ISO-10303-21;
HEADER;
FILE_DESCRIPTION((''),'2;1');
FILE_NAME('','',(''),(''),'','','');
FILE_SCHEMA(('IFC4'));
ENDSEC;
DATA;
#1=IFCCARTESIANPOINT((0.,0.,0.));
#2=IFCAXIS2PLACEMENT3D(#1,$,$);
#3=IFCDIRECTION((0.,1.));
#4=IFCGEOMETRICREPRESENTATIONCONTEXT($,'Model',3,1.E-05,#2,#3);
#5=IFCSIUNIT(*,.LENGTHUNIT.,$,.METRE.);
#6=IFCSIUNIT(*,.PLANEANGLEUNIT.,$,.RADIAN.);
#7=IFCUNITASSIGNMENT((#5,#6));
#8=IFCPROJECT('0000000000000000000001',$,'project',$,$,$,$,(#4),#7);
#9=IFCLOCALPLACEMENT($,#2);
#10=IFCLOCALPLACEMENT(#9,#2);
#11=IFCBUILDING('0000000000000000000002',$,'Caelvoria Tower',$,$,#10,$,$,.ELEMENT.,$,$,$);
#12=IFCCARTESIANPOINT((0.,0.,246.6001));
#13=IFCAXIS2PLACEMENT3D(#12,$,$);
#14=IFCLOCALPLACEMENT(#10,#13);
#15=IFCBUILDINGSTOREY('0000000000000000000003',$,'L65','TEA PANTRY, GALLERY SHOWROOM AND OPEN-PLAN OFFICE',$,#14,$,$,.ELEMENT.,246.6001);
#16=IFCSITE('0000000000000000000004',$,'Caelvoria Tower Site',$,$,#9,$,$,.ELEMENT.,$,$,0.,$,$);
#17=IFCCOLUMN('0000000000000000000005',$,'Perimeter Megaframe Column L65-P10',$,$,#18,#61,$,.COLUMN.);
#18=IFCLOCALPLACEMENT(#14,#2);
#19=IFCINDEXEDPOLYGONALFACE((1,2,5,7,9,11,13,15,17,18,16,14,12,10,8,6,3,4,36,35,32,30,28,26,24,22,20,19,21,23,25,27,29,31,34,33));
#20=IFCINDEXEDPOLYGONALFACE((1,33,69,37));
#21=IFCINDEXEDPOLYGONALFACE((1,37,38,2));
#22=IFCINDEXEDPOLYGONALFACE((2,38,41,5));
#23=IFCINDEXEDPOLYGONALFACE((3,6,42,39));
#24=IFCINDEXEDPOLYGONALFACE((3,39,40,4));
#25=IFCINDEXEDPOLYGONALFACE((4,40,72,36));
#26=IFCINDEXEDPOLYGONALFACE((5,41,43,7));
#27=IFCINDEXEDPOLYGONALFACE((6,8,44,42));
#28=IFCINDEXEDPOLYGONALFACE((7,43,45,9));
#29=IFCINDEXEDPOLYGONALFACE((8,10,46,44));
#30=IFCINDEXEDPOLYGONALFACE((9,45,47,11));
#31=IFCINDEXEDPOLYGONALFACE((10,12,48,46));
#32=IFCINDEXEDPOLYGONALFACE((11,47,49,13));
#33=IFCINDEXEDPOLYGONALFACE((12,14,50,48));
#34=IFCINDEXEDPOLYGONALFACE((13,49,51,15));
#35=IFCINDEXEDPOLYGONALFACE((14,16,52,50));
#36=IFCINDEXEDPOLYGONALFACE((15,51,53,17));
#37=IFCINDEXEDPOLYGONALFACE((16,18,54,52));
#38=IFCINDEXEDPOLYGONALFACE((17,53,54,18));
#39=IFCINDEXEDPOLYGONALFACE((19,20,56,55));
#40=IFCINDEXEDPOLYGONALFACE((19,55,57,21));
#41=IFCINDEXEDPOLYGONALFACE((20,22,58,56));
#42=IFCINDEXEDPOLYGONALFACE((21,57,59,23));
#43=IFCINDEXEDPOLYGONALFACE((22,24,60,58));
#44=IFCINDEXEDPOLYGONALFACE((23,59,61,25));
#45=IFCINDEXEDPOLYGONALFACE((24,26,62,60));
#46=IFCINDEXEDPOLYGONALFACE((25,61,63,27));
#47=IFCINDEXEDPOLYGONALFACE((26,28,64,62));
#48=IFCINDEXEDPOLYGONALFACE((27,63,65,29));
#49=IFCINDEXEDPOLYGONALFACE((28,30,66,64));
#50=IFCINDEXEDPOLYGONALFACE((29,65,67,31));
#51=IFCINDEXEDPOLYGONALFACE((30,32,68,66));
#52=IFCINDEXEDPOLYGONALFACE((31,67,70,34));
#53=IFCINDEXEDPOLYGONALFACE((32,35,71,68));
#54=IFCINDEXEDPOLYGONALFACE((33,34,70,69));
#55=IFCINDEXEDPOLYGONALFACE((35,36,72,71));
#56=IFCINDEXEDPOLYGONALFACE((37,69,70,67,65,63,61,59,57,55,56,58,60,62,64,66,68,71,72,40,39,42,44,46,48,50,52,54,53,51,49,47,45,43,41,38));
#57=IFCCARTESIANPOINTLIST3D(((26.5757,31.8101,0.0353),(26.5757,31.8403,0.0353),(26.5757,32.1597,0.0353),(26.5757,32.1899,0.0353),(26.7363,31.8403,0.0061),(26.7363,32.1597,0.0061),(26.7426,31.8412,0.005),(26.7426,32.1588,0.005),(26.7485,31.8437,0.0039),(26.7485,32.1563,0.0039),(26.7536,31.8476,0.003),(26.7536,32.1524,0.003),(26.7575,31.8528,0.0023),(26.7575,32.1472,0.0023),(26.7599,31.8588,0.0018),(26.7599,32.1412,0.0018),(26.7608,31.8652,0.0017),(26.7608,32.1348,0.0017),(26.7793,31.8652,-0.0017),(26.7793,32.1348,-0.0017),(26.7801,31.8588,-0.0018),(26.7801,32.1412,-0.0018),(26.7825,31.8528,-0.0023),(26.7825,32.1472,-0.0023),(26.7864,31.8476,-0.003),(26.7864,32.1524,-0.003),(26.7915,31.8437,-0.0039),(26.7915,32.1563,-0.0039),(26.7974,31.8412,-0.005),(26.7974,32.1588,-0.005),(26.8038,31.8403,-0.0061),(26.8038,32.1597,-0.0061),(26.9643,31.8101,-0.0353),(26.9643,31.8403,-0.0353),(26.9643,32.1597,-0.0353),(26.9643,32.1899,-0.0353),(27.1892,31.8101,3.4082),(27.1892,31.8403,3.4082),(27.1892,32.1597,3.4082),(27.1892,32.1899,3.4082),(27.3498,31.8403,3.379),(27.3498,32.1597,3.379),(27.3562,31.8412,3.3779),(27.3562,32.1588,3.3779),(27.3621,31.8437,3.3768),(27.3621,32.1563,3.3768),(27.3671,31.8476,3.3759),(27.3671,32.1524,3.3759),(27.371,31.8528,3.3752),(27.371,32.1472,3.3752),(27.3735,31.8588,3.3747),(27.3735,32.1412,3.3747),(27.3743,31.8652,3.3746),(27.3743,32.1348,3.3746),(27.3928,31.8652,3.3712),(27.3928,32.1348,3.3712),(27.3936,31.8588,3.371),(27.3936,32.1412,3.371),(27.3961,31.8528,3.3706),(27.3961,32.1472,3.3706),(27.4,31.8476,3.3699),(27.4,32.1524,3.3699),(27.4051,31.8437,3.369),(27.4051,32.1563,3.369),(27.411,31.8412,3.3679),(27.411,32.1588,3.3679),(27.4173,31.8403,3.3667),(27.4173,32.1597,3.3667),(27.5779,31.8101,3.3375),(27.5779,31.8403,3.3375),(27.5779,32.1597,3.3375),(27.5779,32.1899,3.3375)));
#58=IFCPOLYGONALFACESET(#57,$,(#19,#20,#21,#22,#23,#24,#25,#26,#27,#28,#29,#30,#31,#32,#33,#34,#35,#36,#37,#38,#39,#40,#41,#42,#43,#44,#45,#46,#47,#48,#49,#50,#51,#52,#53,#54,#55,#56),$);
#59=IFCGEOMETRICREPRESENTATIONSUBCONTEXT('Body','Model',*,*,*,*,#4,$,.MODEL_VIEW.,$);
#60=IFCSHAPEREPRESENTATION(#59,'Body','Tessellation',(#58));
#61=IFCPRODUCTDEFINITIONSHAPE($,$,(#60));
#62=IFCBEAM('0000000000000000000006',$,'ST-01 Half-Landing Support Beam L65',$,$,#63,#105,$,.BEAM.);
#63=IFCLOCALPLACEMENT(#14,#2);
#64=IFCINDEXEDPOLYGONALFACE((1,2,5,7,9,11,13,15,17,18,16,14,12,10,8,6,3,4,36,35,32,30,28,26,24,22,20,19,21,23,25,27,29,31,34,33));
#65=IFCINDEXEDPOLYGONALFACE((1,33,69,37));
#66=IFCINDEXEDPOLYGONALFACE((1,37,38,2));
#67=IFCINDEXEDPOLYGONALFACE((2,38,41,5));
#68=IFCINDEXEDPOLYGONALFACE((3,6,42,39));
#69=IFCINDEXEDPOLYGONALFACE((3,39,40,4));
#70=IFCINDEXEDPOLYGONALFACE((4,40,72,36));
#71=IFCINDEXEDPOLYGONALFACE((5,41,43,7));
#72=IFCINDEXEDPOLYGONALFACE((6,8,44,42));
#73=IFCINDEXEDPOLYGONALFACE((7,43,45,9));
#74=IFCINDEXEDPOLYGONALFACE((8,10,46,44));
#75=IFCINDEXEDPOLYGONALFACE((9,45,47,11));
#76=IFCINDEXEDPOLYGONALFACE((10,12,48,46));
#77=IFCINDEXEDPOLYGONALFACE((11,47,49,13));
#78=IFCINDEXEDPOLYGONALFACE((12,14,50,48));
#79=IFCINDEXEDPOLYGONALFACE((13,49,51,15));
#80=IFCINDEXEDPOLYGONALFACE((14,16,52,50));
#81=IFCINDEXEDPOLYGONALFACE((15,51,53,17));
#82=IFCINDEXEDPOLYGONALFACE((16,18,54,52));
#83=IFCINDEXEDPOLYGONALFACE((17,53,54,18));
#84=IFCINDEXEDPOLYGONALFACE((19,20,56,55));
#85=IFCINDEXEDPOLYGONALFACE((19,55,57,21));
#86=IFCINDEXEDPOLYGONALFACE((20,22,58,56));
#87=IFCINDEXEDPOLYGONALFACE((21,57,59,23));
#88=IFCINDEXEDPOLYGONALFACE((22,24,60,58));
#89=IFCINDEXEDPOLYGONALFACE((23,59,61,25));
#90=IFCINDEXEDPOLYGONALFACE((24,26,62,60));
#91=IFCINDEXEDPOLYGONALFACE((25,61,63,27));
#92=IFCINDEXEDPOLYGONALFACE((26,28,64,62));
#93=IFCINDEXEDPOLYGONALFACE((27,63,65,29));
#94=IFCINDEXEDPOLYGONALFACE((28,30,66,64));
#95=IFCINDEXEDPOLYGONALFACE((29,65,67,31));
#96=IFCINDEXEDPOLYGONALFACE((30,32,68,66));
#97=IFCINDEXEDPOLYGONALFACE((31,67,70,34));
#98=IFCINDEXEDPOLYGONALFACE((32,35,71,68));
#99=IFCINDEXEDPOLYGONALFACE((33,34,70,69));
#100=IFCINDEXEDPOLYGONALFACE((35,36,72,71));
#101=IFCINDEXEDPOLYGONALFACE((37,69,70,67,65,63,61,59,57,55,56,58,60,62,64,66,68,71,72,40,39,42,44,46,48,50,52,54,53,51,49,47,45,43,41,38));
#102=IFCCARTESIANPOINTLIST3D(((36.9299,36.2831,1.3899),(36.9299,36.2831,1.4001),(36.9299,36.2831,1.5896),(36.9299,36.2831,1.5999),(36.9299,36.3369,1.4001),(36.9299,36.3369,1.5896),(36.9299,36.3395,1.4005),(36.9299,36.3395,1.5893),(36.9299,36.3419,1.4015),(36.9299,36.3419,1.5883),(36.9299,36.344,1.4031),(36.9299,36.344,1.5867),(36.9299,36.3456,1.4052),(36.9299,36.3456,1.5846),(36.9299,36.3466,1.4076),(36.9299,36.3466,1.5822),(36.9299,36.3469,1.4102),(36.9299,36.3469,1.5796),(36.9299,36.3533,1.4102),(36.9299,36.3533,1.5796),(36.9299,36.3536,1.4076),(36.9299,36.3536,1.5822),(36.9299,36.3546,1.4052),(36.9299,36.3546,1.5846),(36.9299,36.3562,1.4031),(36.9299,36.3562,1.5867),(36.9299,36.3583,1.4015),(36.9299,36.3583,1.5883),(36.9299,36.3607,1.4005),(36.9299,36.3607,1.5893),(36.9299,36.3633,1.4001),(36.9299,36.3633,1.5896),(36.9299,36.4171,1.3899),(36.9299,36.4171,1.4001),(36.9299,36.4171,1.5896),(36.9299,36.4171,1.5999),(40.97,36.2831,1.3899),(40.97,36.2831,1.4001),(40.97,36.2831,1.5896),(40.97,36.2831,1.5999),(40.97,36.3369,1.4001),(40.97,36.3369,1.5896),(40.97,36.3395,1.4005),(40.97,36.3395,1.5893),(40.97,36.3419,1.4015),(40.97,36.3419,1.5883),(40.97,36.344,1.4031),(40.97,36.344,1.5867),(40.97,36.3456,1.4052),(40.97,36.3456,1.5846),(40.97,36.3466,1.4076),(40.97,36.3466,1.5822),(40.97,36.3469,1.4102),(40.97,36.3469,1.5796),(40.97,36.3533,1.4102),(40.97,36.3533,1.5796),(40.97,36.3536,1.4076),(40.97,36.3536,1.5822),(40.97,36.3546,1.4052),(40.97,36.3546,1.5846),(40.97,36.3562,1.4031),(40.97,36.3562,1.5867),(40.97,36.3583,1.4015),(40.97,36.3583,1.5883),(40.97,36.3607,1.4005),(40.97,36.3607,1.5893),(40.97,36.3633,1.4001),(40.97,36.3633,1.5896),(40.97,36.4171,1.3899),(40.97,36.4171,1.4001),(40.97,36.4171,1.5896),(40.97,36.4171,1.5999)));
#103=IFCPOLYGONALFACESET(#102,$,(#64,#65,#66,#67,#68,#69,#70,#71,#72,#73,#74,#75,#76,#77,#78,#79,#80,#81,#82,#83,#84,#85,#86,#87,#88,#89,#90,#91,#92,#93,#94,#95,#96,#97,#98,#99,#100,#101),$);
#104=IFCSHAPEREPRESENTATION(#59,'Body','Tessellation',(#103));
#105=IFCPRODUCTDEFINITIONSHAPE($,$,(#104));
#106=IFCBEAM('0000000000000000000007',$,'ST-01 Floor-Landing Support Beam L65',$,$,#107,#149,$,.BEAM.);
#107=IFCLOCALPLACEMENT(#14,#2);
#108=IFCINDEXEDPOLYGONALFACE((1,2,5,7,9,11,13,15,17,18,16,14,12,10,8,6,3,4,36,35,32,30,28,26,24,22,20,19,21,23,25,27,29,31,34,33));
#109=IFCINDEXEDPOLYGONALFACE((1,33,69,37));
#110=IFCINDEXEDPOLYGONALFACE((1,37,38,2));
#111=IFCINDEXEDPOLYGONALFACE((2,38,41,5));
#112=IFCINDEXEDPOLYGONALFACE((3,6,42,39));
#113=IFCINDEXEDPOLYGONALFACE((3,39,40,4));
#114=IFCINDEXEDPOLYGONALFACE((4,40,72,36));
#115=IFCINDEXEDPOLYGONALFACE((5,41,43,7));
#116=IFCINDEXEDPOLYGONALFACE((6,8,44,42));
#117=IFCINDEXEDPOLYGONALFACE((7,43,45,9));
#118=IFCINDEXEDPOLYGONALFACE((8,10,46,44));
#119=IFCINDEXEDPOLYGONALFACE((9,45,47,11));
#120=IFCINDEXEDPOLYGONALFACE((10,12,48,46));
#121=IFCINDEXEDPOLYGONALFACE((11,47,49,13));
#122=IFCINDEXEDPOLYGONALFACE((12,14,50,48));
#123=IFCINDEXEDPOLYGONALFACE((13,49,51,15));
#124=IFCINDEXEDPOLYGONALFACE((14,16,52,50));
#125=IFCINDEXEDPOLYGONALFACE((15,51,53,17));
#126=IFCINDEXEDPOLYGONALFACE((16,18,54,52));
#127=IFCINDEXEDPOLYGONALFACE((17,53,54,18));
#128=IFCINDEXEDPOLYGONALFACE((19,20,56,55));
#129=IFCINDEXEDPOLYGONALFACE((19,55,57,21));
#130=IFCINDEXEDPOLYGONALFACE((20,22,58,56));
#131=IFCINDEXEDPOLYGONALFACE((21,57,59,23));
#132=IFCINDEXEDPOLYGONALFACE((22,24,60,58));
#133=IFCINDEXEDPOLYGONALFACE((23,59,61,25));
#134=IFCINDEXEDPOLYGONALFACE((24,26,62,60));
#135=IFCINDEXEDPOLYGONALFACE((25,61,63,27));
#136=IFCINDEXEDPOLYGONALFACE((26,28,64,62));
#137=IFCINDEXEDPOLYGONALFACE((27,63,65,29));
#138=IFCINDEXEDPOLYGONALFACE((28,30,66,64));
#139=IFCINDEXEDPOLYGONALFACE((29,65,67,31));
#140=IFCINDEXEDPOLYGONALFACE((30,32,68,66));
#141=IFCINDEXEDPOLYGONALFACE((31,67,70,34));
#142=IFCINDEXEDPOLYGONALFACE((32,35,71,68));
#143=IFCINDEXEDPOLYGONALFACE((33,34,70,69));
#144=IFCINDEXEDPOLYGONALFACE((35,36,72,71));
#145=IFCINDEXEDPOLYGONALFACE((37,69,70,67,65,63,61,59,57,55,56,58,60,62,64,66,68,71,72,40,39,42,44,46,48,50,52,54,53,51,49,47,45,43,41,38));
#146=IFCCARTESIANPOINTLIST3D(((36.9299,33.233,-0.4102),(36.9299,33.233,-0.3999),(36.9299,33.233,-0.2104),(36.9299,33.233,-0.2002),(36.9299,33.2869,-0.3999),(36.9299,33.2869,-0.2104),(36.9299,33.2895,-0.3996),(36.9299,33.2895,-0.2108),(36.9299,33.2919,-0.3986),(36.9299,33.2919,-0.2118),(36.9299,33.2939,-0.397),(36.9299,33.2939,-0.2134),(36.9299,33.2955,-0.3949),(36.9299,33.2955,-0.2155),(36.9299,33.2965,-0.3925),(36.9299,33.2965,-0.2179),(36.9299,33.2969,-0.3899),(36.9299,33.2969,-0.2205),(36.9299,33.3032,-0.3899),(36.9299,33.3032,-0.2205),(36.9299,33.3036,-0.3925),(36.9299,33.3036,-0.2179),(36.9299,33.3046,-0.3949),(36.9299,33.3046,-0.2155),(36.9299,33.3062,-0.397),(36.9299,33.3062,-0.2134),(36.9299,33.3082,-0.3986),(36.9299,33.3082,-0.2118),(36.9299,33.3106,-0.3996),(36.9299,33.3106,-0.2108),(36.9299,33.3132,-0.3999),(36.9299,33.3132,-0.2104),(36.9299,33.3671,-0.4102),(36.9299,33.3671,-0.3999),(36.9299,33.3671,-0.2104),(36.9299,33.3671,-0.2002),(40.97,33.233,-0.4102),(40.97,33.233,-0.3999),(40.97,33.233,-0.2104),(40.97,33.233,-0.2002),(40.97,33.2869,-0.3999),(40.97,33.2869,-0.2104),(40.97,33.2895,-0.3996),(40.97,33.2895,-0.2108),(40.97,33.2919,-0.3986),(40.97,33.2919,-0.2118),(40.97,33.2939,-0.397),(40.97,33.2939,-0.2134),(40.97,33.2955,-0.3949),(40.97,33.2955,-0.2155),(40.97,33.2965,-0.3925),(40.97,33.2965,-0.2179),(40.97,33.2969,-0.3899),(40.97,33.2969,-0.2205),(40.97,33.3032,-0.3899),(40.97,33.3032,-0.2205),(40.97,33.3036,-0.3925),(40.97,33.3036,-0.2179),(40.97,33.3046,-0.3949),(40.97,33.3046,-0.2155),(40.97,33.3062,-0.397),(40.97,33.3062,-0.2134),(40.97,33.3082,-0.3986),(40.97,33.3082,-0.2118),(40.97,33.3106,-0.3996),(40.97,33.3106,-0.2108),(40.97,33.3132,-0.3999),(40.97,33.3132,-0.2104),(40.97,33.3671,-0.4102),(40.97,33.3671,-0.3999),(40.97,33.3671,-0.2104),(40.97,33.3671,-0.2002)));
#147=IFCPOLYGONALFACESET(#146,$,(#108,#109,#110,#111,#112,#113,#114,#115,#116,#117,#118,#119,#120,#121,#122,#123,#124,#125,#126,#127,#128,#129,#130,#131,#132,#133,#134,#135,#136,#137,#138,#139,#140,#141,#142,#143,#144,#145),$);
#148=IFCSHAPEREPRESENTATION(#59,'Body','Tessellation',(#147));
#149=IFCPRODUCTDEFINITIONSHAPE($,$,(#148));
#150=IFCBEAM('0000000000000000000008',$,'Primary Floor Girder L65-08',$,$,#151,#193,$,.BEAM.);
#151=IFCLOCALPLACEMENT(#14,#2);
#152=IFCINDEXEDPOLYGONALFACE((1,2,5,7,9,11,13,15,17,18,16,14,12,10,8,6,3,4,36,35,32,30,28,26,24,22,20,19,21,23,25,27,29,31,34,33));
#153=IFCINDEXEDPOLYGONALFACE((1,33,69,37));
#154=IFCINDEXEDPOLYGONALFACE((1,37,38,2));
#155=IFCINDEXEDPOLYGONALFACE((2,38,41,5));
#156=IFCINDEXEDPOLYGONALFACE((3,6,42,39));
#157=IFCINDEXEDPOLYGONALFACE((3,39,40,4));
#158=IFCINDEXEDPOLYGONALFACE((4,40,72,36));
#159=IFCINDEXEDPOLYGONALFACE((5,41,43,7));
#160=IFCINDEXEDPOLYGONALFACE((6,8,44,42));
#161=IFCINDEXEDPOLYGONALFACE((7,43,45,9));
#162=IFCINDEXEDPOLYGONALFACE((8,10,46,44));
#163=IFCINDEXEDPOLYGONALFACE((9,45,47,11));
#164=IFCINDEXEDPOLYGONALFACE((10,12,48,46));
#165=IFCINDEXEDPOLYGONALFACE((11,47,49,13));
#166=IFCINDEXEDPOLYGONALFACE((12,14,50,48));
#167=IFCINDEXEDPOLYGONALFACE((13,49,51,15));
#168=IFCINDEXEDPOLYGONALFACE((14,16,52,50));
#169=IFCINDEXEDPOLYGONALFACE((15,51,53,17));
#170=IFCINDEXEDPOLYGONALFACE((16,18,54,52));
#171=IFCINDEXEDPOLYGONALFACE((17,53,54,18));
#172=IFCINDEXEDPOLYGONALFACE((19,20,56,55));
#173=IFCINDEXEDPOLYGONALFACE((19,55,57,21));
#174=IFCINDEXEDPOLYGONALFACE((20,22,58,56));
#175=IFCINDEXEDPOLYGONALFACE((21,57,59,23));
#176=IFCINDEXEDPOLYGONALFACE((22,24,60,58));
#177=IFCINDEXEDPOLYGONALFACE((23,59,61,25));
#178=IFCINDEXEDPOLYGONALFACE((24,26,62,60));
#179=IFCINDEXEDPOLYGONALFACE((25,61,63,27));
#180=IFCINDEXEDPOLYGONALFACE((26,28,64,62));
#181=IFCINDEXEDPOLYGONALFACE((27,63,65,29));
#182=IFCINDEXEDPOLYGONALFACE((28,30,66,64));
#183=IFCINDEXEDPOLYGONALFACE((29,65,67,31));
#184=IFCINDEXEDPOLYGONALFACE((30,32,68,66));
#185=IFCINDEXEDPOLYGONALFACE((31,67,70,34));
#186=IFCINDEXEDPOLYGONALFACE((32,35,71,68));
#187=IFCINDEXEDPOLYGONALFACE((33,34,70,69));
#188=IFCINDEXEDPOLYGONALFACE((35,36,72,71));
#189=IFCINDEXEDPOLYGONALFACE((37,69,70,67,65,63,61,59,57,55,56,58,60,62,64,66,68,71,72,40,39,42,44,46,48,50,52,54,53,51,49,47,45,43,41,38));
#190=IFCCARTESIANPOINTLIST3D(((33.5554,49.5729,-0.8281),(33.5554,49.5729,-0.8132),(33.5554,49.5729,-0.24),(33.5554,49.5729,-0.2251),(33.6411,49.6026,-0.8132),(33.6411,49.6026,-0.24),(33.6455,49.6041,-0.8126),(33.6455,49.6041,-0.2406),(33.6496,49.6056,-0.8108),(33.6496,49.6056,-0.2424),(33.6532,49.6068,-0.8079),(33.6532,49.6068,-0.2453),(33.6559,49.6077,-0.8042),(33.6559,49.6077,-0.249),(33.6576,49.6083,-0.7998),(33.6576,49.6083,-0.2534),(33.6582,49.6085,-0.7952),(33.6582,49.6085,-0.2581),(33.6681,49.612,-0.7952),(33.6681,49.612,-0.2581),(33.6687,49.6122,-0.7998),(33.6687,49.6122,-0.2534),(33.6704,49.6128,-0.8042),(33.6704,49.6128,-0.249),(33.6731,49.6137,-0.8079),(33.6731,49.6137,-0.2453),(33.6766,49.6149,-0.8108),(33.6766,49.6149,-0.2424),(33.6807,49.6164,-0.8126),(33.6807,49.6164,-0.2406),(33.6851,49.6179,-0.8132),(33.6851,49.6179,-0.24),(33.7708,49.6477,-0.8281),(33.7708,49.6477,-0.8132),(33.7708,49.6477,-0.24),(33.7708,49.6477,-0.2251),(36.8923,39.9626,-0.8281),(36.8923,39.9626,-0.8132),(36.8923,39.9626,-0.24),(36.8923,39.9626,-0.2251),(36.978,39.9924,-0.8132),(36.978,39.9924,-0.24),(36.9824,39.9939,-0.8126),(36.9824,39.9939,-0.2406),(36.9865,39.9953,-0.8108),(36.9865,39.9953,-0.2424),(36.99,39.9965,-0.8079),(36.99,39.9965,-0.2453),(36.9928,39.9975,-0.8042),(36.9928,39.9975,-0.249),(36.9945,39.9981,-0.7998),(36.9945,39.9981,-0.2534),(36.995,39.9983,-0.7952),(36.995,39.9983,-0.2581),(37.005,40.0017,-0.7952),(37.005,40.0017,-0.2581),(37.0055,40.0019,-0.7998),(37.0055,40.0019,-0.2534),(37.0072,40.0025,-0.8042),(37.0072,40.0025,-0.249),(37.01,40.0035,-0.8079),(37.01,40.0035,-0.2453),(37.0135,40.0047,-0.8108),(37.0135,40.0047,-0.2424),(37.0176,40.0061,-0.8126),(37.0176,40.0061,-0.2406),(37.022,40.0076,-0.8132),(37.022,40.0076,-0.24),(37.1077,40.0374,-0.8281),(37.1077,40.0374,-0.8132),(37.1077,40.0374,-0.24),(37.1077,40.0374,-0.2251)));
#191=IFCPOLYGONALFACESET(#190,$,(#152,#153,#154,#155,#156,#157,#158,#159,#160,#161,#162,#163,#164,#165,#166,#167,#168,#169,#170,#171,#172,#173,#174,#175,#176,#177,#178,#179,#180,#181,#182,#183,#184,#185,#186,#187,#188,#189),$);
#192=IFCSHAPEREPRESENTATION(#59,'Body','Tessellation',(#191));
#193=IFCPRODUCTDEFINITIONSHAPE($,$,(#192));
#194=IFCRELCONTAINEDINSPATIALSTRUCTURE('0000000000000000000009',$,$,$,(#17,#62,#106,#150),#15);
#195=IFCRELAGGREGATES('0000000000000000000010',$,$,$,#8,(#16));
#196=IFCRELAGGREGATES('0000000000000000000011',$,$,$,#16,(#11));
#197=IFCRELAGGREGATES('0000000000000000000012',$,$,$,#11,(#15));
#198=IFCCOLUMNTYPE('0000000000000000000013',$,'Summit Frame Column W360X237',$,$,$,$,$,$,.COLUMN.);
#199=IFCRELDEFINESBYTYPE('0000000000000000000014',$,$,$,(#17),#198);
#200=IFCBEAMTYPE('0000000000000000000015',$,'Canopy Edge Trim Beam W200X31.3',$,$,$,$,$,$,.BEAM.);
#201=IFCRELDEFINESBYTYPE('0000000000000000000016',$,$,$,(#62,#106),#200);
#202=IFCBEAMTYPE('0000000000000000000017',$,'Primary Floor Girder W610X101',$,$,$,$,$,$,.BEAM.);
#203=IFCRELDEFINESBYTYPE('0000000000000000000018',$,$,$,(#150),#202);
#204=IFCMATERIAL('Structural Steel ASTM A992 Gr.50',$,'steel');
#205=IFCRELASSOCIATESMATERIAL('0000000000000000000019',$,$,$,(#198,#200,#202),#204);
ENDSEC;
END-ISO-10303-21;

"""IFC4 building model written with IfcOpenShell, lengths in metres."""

from ifc_helpers import new_model, si_unit, direction, frame, origin, origin_2d, place, context, subcontext, project, spatial, i_section, extrude, material, material_profile, profile_set, type_object, element, save


model = new_model("IFC4")

# Units and contexts
model_context = context("Model", 3, precision=1e-05, world=origin(), true_north=direction((0.0, 1.0)))
body_context = subcontext(model_context, "Body", "Model", "MODEL_VIEW")
ifc_project = project(units=[si_unit("LENGTHUNIT", "METRE"), si_unit("PLANEANGLEUNIT", "RADIAN")], contexts=[model_context])

# Site, building, storey
site_placement = place(None, origin())
site = spatial("IfcSite", under=ifc_project, at=site_placement, Name="Caelvoria Tower Site", CompositionType="ELEMENT", RefElevation=0.0)
building_placement = place(site_placement, origin())
building = spatial("IfcBuilding", under=site, at=building_placement, Name="Caelvoria Tower", CompositionType="ELEMENT")
storey_placement = place(building_placement, frame((0.0, 0.0, 246.6001)))
storey = spatial("IfcBuildingStorey", under=building, at=storey_placement, Name="L65", Description="TEA PANTRY, GALLERY SHOWROOM AND OPEN-PLAN OFFICE", CompositionType="ELEMENT", Elevation=246.6001)

# Column
ifc_material_1 = material(Name="Structural Steel ASTM A992 Gr.50", Category="steel")
ifc_material_profile_1 = material_profile(ifc_material_1, i_section(OverallWidth=0.395, OverallDepth=0.3799, WebThickness=0.0188, FlangeThickness=0.0303, FilletRadius=0.0249, at=origin_2d()), Name="Structural Steel ASTM A992 Gr.50")
ifc_profile_set_1 = profile_set([ifc_material_profile_1], Name="W360X237 - Structural Steel ASTM A992 Gr.50")
column_type = type_object("IfcColumnType", Name="Summit Frame Column W360X237", PredefinedType="COLUMN", material=ifc_profile_set_1)
column_placement = place(storey_placement, frame((26.77, 32.0, 0.0), z_axis=(0.178967, 0.0, 0.983855), x_axis=(-0.983855, 0.0, 0.178967)))
element("IfcColumn", 1, at=column_placement, inside=storey, type_object=column_type, Name="Perimeter Megaframe Column L65-P10", PredefinedType="COLUMN", context=body_context, shape_type="SweptSolid", body=[
    extrude(i_section(OverallWidth=0.395, OverallDepth=0.3799, WebThickness=0.0188, FlangeThickness=0.0303, FilletRadius=0.0249, at=origin_2d()), origin(), (0.0, 0.0, 1.0), 3.4282),
])

# Beams
ifc_material_profile_2 = material_profile(ifc_material_1, i_section(OverallWidth=0.134, OverallDepth=0.21, WebThickness=0.0063, FlangeThickness=0.0103, FilletRadius=0.01, at=origin_2d()), Name="Structural Steel ASTM A992 Gr.50")
ifc_profile_set_2 = profile_set([ifc_material_profile_2], Name="W200X31.3 - Structural Steel ASTM A992 Gr.50")
beam_type_1 = type_object("IfcBeamType", Name="Canopy Edge Trim Beam W200X31.3", PredefinedType="BEAM", material=ifc_profile_set_2)
for number, where, z_axis, x_axis, name in (
    (2, (36.9299, 36.3501, 1.4949), (1.0, 0.0, 0.0), (0.0, 1.0, 0.0), "ST-01 Half-Landing Support Beam L65"),
    (3, (36.9299, 33.3, -0.3052), (1.0, 0.0, 0.0), (0.0, 1.0, 0.0), "ST-01 Floor-Landing Support Beam L65"),
):
    element("IfcBeam", number, at=place(storey_placement, frame(where, z_axis=z_axis, x_axis=x_axis)), inside=storey, type_object=beam_type_1, Name=name, PredefinedType="BEAM", context=body_context, shape_type="SweptSolid", body=[
        extrude(i_section(OverallWidth=0.134, OverallDepth=0.21, WebThickness=0.0063, FlangeThickness=0.0103, FilletRadius=0.01, at=origin_2d()), origin(), (0.0, 0.0, 1.0), 4.04),
    ])
ifc_material_profile_3 = material_profile(ifc_material_1, i_section(OverallWidth=0.228, OverallDepth=0.603, WebThickness=0.0105, FlangeThickness=0.0149, FilletRadius=0.0181, at=origin_2d()), Name="Structural Steel ASTM A992 Gr.50")
ifc_profile_set_3 = profile_set([ifc_material_profile_3], Name="W610X101 - Structural Steel ASTM A992 Gr.50")
beam_type_2 = type_object("IfcBeamType", Name="Primary Floor Girder W610X101", PredefinedType="BEAM", material=ifc_profile_set_3)
beam_1_placement = place(storey_placement, frame((37.0, 40.0, -0.5266), z_axis=(-0.32801, 0.944674, 0.0), x_axis=(-0.944674, -0.32801, 0.0)))
element("IfcBeam", 4, at=beam_1_placement, inside=storey, type_object=beam_type_2, Name="Primary Floor Girder L65-08", PredefinedType="BEAM", context=body_context, shape_type="SweptSolid", body=[
    extrude(i_section(OverallWidth=0.228, OverallDepth=0.603, WebThickness=0.0105, FlangeThickness=0.0149, FilletRadius=0.0181, at=origin_2d()), origin(), (0.0, 0.0, 1.0), 10.1731),
])

save(model, "model.ifc")
